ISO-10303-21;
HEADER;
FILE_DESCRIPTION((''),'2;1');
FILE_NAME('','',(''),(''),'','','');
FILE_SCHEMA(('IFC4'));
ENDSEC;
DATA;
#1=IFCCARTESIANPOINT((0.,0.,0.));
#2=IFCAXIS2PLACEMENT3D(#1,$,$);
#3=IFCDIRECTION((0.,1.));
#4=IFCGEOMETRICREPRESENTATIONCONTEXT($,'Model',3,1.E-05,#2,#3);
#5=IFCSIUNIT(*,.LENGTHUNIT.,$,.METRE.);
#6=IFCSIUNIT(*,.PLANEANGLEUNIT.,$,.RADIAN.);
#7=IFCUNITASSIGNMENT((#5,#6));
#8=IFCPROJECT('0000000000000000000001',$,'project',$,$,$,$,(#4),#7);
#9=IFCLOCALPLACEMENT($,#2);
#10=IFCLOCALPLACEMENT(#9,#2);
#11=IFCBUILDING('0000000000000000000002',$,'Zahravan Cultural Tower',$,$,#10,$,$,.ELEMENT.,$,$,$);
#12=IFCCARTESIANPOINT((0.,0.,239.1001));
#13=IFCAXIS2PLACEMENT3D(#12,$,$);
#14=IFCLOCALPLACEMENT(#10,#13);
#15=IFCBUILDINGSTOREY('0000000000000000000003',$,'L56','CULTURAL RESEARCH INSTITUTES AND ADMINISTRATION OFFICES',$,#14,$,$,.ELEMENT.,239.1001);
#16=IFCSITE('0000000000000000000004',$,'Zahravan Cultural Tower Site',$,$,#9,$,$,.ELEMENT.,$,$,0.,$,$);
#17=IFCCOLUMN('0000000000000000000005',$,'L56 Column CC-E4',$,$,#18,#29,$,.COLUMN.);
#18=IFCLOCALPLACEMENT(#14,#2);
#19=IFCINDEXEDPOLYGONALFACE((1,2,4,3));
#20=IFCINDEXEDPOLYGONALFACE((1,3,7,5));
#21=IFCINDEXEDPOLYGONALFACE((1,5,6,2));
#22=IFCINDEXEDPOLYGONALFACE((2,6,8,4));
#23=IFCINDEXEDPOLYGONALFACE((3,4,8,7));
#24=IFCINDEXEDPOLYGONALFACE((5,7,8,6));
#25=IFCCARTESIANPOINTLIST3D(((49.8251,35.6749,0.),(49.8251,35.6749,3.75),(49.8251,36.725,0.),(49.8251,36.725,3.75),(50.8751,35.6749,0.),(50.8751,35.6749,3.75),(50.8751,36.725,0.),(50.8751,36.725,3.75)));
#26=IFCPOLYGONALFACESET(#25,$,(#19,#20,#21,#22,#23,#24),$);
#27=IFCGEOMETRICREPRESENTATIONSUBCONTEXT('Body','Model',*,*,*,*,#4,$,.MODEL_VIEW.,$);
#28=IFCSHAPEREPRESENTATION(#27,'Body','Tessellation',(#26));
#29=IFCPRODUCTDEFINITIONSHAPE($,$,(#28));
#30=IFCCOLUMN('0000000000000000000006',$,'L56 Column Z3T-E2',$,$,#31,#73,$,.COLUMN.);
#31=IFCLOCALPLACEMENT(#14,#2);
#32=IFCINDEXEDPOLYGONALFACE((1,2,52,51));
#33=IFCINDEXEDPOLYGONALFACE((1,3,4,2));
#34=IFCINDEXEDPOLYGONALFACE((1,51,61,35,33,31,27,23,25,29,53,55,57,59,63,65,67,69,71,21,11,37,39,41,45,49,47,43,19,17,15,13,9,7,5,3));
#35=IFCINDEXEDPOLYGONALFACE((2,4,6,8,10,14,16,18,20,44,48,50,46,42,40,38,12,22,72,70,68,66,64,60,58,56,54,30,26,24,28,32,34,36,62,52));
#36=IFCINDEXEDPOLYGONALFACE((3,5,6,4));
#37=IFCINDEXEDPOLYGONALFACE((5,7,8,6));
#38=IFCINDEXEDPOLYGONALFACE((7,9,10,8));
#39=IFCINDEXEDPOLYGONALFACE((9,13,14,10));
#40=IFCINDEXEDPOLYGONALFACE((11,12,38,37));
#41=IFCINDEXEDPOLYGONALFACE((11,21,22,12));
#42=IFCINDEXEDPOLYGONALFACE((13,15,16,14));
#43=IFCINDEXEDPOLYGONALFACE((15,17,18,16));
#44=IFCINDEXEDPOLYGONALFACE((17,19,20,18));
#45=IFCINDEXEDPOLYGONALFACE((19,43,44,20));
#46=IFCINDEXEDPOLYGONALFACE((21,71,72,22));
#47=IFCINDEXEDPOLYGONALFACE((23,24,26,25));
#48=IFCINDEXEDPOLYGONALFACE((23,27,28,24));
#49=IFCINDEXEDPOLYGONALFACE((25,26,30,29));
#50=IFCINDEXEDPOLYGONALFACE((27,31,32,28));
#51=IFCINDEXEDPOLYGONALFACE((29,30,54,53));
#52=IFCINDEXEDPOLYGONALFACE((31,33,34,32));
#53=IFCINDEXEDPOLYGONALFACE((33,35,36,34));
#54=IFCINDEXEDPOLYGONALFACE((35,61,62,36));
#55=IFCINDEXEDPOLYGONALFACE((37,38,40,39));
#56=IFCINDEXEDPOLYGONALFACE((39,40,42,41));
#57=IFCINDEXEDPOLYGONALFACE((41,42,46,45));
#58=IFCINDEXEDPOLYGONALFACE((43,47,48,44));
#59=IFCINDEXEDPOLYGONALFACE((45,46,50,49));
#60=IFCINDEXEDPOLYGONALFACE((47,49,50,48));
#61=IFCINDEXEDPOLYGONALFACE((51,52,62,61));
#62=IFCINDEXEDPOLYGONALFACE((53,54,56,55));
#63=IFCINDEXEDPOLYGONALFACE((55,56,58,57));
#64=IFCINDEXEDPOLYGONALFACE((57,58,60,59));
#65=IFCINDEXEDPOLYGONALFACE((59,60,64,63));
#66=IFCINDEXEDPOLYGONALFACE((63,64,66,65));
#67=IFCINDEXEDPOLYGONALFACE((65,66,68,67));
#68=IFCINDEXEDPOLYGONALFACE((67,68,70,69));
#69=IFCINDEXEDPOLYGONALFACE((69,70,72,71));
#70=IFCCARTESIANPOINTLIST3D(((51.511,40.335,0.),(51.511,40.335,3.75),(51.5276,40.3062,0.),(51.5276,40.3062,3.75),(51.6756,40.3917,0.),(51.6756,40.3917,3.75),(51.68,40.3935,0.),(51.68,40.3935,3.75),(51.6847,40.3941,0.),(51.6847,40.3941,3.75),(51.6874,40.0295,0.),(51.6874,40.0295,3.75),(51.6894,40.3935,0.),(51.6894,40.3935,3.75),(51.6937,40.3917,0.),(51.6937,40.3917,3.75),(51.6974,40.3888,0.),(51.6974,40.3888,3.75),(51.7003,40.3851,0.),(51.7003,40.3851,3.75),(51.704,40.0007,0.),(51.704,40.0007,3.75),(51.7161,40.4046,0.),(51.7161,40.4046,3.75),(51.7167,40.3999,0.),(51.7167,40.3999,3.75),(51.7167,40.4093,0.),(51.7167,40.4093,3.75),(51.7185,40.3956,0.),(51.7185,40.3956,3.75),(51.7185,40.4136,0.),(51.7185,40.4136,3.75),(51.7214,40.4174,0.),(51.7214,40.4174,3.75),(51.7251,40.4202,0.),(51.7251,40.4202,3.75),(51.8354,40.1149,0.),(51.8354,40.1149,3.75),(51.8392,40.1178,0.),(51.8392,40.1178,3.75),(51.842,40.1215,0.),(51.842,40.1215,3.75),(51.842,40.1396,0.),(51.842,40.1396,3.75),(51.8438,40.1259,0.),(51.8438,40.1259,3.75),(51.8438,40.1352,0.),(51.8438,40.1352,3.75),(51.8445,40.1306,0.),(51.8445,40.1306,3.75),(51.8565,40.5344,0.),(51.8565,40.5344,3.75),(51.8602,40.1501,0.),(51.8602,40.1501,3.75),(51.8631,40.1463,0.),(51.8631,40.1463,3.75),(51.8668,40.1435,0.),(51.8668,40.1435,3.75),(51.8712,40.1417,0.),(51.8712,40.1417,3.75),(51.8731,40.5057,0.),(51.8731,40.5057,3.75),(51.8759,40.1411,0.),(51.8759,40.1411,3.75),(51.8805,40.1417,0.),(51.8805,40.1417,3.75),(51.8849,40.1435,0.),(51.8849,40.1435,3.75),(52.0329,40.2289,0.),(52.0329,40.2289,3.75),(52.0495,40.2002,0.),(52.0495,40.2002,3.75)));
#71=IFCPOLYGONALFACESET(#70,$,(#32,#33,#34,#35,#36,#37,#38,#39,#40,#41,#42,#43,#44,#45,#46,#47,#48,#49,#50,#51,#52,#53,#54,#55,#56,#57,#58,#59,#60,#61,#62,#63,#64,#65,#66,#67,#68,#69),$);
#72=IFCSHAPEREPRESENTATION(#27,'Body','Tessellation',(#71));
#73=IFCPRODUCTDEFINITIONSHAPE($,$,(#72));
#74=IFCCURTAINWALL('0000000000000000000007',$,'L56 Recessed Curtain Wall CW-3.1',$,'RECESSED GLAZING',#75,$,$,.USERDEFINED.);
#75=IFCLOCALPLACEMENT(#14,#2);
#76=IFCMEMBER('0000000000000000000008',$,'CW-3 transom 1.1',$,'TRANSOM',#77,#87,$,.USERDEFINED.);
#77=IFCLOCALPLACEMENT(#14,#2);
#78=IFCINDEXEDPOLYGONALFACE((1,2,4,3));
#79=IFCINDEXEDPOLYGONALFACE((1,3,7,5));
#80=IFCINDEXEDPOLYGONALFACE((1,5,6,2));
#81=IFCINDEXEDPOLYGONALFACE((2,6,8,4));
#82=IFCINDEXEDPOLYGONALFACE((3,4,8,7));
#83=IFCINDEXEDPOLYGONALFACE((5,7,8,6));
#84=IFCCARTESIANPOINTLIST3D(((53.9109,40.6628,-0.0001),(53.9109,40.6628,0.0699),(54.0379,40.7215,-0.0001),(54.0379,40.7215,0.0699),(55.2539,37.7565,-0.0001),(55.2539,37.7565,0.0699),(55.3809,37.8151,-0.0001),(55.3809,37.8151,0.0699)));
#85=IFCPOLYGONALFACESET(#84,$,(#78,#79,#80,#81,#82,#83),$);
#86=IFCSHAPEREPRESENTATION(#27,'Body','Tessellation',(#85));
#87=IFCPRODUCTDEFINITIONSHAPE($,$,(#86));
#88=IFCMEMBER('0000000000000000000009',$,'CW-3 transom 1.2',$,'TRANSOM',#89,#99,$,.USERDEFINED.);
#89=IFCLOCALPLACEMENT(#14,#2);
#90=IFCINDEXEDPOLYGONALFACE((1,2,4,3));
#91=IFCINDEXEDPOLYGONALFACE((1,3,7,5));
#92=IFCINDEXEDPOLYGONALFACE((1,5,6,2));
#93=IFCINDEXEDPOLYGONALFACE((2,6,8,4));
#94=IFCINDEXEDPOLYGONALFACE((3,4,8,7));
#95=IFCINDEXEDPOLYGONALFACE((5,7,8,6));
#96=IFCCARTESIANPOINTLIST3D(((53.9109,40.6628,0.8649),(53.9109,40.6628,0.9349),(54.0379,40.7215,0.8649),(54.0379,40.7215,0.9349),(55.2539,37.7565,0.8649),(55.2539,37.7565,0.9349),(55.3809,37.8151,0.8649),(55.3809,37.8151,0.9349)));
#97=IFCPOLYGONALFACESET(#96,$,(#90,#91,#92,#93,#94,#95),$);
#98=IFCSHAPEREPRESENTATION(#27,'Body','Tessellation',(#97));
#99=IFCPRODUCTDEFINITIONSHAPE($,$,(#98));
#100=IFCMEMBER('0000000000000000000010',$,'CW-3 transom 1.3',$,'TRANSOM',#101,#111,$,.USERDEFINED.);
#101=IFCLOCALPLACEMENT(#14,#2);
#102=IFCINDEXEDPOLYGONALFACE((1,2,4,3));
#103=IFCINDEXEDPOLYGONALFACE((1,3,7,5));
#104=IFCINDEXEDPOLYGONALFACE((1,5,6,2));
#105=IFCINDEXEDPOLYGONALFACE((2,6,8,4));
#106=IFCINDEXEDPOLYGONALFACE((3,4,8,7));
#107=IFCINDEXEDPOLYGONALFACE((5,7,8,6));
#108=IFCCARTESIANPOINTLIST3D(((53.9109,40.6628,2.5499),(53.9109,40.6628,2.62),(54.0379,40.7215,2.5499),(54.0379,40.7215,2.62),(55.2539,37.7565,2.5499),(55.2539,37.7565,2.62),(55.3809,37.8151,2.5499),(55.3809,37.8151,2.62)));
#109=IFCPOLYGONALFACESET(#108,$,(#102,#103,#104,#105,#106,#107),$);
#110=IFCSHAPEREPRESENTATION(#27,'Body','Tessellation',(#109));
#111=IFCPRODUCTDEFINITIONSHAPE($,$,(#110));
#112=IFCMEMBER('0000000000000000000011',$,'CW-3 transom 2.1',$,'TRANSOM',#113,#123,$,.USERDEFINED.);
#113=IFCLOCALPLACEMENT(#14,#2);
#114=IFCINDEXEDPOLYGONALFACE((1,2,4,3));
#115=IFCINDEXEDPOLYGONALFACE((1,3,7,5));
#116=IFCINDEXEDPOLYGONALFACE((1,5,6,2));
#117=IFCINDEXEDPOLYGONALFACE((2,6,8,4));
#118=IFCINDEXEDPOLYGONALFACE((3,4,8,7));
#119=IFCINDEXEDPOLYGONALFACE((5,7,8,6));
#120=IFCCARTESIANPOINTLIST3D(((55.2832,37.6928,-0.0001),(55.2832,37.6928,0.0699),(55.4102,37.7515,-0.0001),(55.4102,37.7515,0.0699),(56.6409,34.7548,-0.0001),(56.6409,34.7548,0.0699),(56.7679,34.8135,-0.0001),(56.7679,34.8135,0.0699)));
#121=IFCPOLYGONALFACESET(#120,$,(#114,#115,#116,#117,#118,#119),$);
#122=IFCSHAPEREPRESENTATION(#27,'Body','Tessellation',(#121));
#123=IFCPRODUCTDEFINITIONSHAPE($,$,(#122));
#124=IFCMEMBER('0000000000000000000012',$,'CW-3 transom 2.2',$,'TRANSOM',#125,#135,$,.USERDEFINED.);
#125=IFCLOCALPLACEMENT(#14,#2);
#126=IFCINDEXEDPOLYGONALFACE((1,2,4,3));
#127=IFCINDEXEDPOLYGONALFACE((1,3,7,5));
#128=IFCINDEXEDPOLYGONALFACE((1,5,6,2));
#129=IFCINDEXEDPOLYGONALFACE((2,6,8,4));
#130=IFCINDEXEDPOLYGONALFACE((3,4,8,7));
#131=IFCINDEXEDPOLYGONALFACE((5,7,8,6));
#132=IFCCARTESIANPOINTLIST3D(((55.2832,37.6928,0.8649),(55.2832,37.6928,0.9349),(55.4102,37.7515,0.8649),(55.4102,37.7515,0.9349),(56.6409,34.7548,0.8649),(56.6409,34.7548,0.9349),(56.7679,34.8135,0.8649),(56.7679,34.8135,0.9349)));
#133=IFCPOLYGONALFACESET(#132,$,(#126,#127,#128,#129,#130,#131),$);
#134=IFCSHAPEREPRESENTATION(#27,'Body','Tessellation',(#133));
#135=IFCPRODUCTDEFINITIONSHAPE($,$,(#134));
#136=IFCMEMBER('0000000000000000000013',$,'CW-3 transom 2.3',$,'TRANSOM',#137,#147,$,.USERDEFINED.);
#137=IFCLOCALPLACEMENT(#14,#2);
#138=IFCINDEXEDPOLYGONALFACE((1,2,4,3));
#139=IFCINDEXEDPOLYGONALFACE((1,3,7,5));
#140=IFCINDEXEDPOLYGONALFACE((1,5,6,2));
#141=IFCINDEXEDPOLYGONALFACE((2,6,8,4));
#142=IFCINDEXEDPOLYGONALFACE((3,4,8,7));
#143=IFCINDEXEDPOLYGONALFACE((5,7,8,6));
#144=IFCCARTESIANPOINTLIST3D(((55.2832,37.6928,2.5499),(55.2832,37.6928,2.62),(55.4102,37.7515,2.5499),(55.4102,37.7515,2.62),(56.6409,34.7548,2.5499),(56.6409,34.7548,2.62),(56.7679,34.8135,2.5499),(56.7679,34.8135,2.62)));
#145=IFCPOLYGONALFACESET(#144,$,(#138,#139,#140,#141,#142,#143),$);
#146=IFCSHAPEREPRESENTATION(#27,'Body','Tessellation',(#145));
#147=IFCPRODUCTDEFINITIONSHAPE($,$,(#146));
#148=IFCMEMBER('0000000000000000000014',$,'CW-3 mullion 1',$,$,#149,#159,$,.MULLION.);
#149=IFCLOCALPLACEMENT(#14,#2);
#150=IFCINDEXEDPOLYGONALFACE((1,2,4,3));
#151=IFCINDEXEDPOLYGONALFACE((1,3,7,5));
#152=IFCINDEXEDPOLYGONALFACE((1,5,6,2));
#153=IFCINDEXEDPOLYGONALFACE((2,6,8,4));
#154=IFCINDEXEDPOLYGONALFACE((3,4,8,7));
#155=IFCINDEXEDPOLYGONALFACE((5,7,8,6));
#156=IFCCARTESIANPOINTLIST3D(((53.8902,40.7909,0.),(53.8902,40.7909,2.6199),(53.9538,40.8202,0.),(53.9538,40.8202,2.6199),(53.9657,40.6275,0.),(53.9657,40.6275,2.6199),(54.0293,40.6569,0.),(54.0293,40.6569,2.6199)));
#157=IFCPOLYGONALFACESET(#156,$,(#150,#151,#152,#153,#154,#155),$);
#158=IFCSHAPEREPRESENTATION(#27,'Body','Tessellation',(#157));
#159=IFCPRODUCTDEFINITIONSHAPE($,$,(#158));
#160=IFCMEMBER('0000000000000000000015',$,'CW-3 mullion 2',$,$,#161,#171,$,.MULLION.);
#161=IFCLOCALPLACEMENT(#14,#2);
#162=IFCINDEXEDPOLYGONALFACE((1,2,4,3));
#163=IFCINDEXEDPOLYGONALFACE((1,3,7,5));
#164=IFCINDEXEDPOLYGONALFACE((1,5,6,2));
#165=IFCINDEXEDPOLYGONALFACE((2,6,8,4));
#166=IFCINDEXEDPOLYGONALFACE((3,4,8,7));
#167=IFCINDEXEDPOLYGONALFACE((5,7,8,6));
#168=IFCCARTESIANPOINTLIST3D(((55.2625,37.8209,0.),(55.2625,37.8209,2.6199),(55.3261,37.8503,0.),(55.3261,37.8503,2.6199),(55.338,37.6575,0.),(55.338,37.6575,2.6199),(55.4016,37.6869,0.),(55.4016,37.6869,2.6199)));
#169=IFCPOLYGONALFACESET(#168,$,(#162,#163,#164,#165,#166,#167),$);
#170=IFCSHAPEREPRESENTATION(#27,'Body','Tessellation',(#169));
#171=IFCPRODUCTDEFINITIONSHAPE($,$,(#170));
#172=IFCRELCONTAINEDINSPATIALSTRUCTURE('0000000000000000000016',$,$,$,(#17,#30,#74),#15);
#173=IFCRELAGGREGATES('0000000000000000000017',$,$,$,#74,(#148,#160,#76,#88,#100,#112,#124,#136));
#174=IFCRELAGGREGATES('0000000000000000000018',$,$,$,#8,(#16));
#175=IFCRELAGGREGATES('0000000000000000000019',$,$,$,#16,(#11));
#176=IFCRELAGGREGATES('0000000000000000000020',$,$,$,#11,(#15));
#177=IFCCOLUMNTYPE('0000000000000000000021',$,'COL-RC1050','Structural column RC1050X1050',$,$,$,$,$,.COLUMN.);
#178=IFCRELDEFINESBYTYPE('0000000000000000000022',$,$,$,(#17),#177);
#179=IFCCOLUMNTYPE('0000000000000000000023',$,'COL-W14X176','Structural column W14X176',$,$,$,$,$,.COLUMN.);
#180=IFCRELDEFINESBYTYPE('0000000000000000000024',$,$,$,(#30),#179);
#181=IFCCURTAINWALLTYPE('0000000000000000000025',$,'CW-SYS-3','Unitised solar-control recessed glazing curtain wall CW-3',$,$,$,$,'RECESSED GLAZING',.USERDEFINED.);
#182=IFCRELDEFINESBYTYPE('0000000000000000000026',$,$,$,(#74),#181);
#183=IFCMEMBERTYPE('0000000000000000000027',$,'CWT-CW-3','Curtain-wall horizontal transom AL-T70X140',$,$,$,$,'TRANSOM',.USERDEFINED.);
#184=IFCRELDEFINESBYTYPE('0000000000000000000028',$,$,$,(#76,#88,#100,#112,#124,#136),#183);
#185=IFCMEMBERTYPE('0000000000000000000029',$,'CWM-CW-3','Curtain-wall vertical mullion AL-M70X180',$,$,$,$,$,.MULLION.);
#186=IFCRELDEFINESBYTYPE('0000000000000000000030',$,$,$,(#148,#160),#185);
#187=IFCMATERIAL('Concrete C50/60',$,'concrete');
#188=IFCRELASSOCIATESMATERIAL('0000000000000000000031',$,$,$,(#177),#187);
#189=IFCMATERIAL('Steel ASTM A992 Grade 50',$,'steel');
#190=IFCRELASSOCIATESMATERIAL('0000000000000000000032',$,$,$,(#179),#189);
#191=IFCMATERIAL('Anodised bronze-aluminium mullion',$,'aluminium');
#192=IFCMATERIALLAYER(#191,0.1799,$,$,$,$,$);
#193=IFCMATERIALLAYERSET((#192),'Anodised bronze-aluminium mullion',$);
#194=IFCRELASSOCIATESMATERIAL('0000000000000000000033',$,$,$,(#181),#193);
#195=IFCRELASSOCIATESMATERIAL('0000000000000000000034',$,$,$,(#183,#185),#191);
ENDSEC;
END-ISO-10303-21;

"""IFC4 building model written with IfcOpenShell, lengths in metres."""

from ifc_helpers import new_model, si_unit, direction, frame, origin, origin_2d, place, context, subcontext, project, spatial, rectangle, i_section, extrude, source, transform, mapped, material, layer, layer_set, material_profile, profile_set, type_object, element, aggregate, save


model = new_model("IFC4")

# Units and contexts
model_context = context("Model", 3, precision=1e-05, world=origin(), true_north=direction((0.0, 1.0)))
body_context = subcontext(model_context, "Body", "Model", "MODEL_VIEW")
ifc_project = project(units=[si_unit("LENGTHUNIT", "METRE"), si_unit("PLANEANGLEUNIT", "RADIAN")], contexts=[model_context])

# Site, building, storey
site_placement = place(None, origin())
site = spatial("IfcSite", under=ifc_project, at=site_placement, Name="Zahravan Cultural Tower Site", CompositionType="ELEMENT", RefElevation=0.0)
building_placement = place(site_placement, origin())
building = spatial("IfcBuilding", under=site, at=building_placement, Name="Zahravan Cultural Tower", CompositionType="ELEMENT")
storey_placement = place(building_placement, frame((0.0, 0.0, 239.1001)))
storey = spatial("IfcBuildingStorey", under=building, at=storey_placement, Name="L56", Description="CULTURAL RESEARCH INSTITUTES AND ADMINISTRATION OFFICES", CompositionType="ELEMENT", Elevation=239.1001)

# Columns
ifc_material_1 = material(Name="Concrete C50/60", Category="concrete")
ifc_material_profile_1 = material_profile(ifc_material_1, rectangle(XDim=1.05, YDim=1.05, at=origin_2d()), Name="RC1050X1050")
ifc_profile_set_1 = profile_set([ifc_material_profile_1], Name="Concrete C50/60")
column_type_1 = type_object("IfcColumnType", Name="COL-RC1050", Description="Structural column RC1050X1050", PredefinedType="COLUMN", material=ifc_profile_set_1)
shared_shape_1 = source(origin(), body_context, "Body", "SweptSolid", [
    extrude(rectangle(XDim=1.05, YDim=1.05, at=origin_2d()), origin(), (0.0, 0.0, 1.0), 3.75),
])
column_1_placement = place(storey_placement, frame((50.3501, 36.2, 0.0), z_axis=(0.0, 0.0, 1.0), x_axis=(1.0, 0.0, 0.0)))
element("IfcColumn", 1, at=column_1_placement, inside=storey, type_object=column_type_1, Name="L56 Column CC-E4", PredefinedType="COLUMN", context=body_context, shape_type="MappedRepresentation", body=[
    mapped(shared_shape_1, transform((0.0, 0.0, 0.0), x_axis=(1.0, 0.0, 0.0), y_axis=(0.0, 1.0, 0.0), z_axis=(0.0, 0.0, 1.0), scale=1.0)),
])
ifc_material_2 = material(Name="Steel ASTM A992 Grade 50", Category="steel")
ifc_material_profile_2 = material_profile(ifc_material_2, i_section(OverallWidth=0.3989, OverallDepth=0.386, WebThickness=0.021, FlangeThickness=0.0332, FilletRadius=0.0181, at=origin_2d()), Name="W14X176")
ifc_profile_set_2 = profile_set([ifc_material_profile_2], Name="Steel ASTM A992 Grade 50")
column_type_2 = type_object("IfcColumnType", Name="COL-W14X176", Description="Structural column W14X176", PredefinedType="COLUMN", material=ifc_profile_set_2)
shared_shape_2 = source(origin(), body_context, "Body", "SweptSolid", [
    extrude(i_section(OverallWidth=0.3989, OverallDepth=0.386, WebThickness=0.021, FlangeThickness=0.0332, FilletRadius=0.0181, at=origin_2d()), origin(), (0.0, 0.0, 1.0), 3.75),
])
column_2_placement = place(storey_placement, frame((51.7803, 40.2676, 0.0), z_axis=(0.0, 0.0, 1.0), x_axis=(0.866025, 0.5, 0.0)))
element("IfcColumn", 2, at=column_2_placement, inside=storey, type_object=column_type_2, Name="L56 Column Z3T-E2", PredefinedType="COLUMN", context=body_context, shape_type="MappedRepresentation", body=[
    mapped(shared_shape_2, transform((0.0, 0.0, 0.0), x_axis=(1.0, 0.0, 0.0), y_axis=(0.0, 1.0, 0.0), z_axis=(0.0, 0.0, 1.0), scale=1.0)),
])

# Curtain wall, members
ifc_material_3 = material(Name="Anodised bronze-aluminium mullion", Category="aluminium")
ifc_layer_1 = layer(ifc_material_3, 0.1799)
ifc_layer_set_1 = layer_set([ifc_layer_1], Name="Anodised bronze-aluminium mullion")
curtain_wall_type = type_object("IfcCurtainWallType", Name="CW-SYS-3", Description="Unitised solar-control recessed glazing curtain wall CW-3", ElementType="RECESSED GLAZING", PredefinedType="USERDEFINED", material=ifc_layer_set_1)
curtain_wall_placement = place(storey_placement, origin())
curtain_wall = element("IfcCurtainWall", 3, at=curtain_wall_placement, inside=storey, type_object=curtain_wall_type, Name="L56 Recessed Curtain Wall CW-3.1", ObjectType="RECESSED GLAZING", PredefinedType="USERDEFINED")
ifc_material_profile_3 = material_profile(ifc_material_3, rectangle(XDim=0.1399, YDim=0.0701, at=origin_2d()), Name="AL-T70X140")
ifc_profile_set_3 = profile_set([ifc_material_profile_3], Name="Anodised bronze-aluminium mullion")
member_type_1 = type_object("IfcMemberType", Name="CWT-CW-3", Description="Curtain-wall horizontal transom AL-T70X140", ElementType="TRANSOM", PredefinedType="USERDEFINED", material=ifc_profile_set_3)
shared_shape_3 = source(origin(), body_context, "Body", "SweptSolid", [
    extrude(rectangle(XDim=0.1399, YDim=0.0701, at=origin_2d()), origin(), (0.0, 0.0, 1.0), 3.2017),
])
member_1_placement = place(storey_placement, frame((53.9744, 40.6921, 0.0349), z_axis=(0.419489, -0.907761, 0.0), x_axis=(0.907761, 0.419489, 0.0)))
member_1 = element("IfcMember", 4, at=member_1_placement, type_object=member_type_1, Name="CW-3 transom 1.1", ObjectType="TRANSOM", PredefinedType="USERDEFINED", context=body_context, shape_type="MappedRepresentation", body=[
    mapped(shared_shape_3, transform((0.0, 0.0, 0.0), x_axis=(1.0, 0.0, 0.0), y_axis=(0.0, 1.0, 0.0), z_axis=(0.0, 0.0, 1.0), scale=1.0)),
])
member_2_placement = place(storey_placement, frame((53.9744, 40.6921, 0.8999), z_axis=(0.419489, -0.907761, 0.0), x_axis=(0.907761, 0.419489, 0.0)))
member_2 = element("IfcMember", 5, at=member_2_placement, type_object=member_type_1, Name="CW-3 transom 1.2", ObjectType="TRANSOM", PredefinedType="USERDEFINED", context=body_context, shape_type="MappedRepresentation", body=[
    mapped(shared_shape_3, transform((0.0, 0.0, 0.0), x_axis=(1.0, 0.0, 0.0), y_axis=(0.0, 1.0, 0.0), z_axis=(0.0, 0.0, 1.0), scale=1.0)),
])
member_3_placement = place(storey_placement, frame((53.9744, 40.6921, 2.585), z_axis=(0.419489, -0.907761, 0.0), x_axis=(0.907761, 0.419489, 0.0)))
member_3 = element("IfcMember", 6, at=member_3_placement, type_object=member_type_1, Name="CW-3 transom 1.3", ObjectType="TRANSOM", PredefinedType="USERDEFINED", context=body_context, shape_type="MappedRepresentation", body=[
    mapped(shared_shape_3, transform((0.0, 0.0, 0.0), x_axis=(1.0, 0.0, 0.0), y_axis=(0.0, 1.0, 0.0), z_axis=(0.0, 0.0, 1.0), scale=1.0)),
])
shared_shape_4 = source(origin(), body_context, "Body", "SweptSolid", [
    extrude(rectangle(XDim=0.1399, YDim=0.0701, at=origin_2d()), origin(), (0.0, 0.0, 1.0), 3.2366),
])
member_4_placement = place(storey_placement, frame((55.3467, 37.7222, 0.0349), z_axis=(0.419484, -0.907763, 0.0), x_axis=(0.907763, 0.419484, 0.0)))
member_4 = element("IfcMember", 7, at=member_4_placement, type_object=member_type_1, Name="CW-3 transom 2.1", ObjectType="TRANSOM", PredefinedType="USERDEFINED", context=body_context, shape_type="MappedRepresentation", body=[
    mapped(shared_shape_4, transform((0.0, 0.0, 0.0), x_axis=(1.0, 0.0, 0.0), y_axis=(0.0, 1.0, 0.0), z_axis=(0.0, 0.0, 1.0), scale=1.0)),
])
member_5_placement = place(storey_placement, frame((55.3467, 37.7222, 0.8999), z_axis=(0.419484, -0.907763, 0.0), x_axis=(0.907763, 0.419484, 0.0)))
member_5 = element("IfcMember", 8, at=member_5_placement, type_object=member_type_1, Name="CW-3 transom 2.2", ObjectType="TRANSOM", PredefinedType="USERDEFINED", context=body_context, shape_type="MappedRepresentation", body=[
    mapped(shared_shape_4, transform((0.0, 0.0, 0.0), x_axis=(1.0, 0.0, 0.0), y_axis=(0.0, 1.0, 0.0), z_axis=(0.0, 0.0, 1.0), scale=1.0)),
])
member_6_placement = place(storey_placement, frame((55.3467, 37.7222, 2.585), z_axis=(0.419484, -0.907763, 0.0), x_axis=(0.907763, 0.419484, 0.0)))
member_6 = element("IfcMember", 9, at=member_6_placement, type_object=member_type_1, Name="CW-3 transom 2.3", ObjectType="TRANSOM", PredefinedType="USERDEFINED", context=body_context, shape_type="MappedRepresentation", body=[
    mapped(shared_shape_4, transform((0.0, 0.0, 0.0), x_axis=(1.0, 0.0, 0.0), y_axis=(0.0, 1.0, 0.0), z_axis=(0.0, 0.0, 1.0), scale=1.0)),
])
ifc_material_profile_4 = material_profile(ifc_material_3, rectangle(XDim=0.0701, YDim=0.1799, at=origin_2d()), Name="AL-M70X180")
ifc_profile_set_4 = profile_set([ifc_material_profile_4], Name="Anodised bronze-aluminium mullion")
member_type_2 = type_object("IfcMemberType", Name="CWM-CW-3", Description="Curtain-wall vertical mullion AL-M70X180", PredefinedType="MULLION", material=ifc_profile_set_4)
shared_shape_5 = source(origin(), body_context, "Body", "SweptSolid", [
    extrude(rectangle(XDim=0.0701, YDim=0.1799, at=origin_2d()), origin(), (0.0, 0.0, 1.0), 2.6199),
])
member_7_placement = place(storey_placement, frame((53.9597, 40.7239, 0.0), z_axis=(0.0, 0.0, 1.0), x_axis=(0.907775, 0.419457, 0.0)))
member_7 = element("IfcMember", 10, at=member_7_placement, type_object=member_type_2, Name="CW-3 mullion 1", PredefinedType="MULLION", context=body_context, shape_type="MappedRepresentation", body=[
    mapped(shared_shape_5, transform((0.0, 0.0, 0.0), x_axis=(1.0, 0.0, 0.0), y_axis=(0.0, 1.0, 0.0), z_axis=(0.0, 0.0, 1.0), scale=1.0)),
])
member_8_placement = place(storey_placement, frame((55.332, 37.7539, 0.0), z_axis=(0.0, 0.0, 1.0), x_axis=(0.907775, 0.419457, 0.0)))
member_8 = element("IfcMember", 11, at=member_8_placement, type_object=member_type_2, Name="CW-3 mullion 2", PredefinedType="MULLION", context=body_context, shape_type="MappedRepresentation", body=[
    mapped(shared_shape_5, transform((0.0, 0.0, 0.0), x_axis=(1.0, 0.0, 0.0), y_axis=(0.0, 1.0, 0.0), z_axis=(0.0, 0.0, 1.0), scale=1.0)),
])
aggregate(curtain_wall, [member_7, member_8, member_1, member_2, member_3, member_4, member_5, member_6])

save(model, "model.ifc")
